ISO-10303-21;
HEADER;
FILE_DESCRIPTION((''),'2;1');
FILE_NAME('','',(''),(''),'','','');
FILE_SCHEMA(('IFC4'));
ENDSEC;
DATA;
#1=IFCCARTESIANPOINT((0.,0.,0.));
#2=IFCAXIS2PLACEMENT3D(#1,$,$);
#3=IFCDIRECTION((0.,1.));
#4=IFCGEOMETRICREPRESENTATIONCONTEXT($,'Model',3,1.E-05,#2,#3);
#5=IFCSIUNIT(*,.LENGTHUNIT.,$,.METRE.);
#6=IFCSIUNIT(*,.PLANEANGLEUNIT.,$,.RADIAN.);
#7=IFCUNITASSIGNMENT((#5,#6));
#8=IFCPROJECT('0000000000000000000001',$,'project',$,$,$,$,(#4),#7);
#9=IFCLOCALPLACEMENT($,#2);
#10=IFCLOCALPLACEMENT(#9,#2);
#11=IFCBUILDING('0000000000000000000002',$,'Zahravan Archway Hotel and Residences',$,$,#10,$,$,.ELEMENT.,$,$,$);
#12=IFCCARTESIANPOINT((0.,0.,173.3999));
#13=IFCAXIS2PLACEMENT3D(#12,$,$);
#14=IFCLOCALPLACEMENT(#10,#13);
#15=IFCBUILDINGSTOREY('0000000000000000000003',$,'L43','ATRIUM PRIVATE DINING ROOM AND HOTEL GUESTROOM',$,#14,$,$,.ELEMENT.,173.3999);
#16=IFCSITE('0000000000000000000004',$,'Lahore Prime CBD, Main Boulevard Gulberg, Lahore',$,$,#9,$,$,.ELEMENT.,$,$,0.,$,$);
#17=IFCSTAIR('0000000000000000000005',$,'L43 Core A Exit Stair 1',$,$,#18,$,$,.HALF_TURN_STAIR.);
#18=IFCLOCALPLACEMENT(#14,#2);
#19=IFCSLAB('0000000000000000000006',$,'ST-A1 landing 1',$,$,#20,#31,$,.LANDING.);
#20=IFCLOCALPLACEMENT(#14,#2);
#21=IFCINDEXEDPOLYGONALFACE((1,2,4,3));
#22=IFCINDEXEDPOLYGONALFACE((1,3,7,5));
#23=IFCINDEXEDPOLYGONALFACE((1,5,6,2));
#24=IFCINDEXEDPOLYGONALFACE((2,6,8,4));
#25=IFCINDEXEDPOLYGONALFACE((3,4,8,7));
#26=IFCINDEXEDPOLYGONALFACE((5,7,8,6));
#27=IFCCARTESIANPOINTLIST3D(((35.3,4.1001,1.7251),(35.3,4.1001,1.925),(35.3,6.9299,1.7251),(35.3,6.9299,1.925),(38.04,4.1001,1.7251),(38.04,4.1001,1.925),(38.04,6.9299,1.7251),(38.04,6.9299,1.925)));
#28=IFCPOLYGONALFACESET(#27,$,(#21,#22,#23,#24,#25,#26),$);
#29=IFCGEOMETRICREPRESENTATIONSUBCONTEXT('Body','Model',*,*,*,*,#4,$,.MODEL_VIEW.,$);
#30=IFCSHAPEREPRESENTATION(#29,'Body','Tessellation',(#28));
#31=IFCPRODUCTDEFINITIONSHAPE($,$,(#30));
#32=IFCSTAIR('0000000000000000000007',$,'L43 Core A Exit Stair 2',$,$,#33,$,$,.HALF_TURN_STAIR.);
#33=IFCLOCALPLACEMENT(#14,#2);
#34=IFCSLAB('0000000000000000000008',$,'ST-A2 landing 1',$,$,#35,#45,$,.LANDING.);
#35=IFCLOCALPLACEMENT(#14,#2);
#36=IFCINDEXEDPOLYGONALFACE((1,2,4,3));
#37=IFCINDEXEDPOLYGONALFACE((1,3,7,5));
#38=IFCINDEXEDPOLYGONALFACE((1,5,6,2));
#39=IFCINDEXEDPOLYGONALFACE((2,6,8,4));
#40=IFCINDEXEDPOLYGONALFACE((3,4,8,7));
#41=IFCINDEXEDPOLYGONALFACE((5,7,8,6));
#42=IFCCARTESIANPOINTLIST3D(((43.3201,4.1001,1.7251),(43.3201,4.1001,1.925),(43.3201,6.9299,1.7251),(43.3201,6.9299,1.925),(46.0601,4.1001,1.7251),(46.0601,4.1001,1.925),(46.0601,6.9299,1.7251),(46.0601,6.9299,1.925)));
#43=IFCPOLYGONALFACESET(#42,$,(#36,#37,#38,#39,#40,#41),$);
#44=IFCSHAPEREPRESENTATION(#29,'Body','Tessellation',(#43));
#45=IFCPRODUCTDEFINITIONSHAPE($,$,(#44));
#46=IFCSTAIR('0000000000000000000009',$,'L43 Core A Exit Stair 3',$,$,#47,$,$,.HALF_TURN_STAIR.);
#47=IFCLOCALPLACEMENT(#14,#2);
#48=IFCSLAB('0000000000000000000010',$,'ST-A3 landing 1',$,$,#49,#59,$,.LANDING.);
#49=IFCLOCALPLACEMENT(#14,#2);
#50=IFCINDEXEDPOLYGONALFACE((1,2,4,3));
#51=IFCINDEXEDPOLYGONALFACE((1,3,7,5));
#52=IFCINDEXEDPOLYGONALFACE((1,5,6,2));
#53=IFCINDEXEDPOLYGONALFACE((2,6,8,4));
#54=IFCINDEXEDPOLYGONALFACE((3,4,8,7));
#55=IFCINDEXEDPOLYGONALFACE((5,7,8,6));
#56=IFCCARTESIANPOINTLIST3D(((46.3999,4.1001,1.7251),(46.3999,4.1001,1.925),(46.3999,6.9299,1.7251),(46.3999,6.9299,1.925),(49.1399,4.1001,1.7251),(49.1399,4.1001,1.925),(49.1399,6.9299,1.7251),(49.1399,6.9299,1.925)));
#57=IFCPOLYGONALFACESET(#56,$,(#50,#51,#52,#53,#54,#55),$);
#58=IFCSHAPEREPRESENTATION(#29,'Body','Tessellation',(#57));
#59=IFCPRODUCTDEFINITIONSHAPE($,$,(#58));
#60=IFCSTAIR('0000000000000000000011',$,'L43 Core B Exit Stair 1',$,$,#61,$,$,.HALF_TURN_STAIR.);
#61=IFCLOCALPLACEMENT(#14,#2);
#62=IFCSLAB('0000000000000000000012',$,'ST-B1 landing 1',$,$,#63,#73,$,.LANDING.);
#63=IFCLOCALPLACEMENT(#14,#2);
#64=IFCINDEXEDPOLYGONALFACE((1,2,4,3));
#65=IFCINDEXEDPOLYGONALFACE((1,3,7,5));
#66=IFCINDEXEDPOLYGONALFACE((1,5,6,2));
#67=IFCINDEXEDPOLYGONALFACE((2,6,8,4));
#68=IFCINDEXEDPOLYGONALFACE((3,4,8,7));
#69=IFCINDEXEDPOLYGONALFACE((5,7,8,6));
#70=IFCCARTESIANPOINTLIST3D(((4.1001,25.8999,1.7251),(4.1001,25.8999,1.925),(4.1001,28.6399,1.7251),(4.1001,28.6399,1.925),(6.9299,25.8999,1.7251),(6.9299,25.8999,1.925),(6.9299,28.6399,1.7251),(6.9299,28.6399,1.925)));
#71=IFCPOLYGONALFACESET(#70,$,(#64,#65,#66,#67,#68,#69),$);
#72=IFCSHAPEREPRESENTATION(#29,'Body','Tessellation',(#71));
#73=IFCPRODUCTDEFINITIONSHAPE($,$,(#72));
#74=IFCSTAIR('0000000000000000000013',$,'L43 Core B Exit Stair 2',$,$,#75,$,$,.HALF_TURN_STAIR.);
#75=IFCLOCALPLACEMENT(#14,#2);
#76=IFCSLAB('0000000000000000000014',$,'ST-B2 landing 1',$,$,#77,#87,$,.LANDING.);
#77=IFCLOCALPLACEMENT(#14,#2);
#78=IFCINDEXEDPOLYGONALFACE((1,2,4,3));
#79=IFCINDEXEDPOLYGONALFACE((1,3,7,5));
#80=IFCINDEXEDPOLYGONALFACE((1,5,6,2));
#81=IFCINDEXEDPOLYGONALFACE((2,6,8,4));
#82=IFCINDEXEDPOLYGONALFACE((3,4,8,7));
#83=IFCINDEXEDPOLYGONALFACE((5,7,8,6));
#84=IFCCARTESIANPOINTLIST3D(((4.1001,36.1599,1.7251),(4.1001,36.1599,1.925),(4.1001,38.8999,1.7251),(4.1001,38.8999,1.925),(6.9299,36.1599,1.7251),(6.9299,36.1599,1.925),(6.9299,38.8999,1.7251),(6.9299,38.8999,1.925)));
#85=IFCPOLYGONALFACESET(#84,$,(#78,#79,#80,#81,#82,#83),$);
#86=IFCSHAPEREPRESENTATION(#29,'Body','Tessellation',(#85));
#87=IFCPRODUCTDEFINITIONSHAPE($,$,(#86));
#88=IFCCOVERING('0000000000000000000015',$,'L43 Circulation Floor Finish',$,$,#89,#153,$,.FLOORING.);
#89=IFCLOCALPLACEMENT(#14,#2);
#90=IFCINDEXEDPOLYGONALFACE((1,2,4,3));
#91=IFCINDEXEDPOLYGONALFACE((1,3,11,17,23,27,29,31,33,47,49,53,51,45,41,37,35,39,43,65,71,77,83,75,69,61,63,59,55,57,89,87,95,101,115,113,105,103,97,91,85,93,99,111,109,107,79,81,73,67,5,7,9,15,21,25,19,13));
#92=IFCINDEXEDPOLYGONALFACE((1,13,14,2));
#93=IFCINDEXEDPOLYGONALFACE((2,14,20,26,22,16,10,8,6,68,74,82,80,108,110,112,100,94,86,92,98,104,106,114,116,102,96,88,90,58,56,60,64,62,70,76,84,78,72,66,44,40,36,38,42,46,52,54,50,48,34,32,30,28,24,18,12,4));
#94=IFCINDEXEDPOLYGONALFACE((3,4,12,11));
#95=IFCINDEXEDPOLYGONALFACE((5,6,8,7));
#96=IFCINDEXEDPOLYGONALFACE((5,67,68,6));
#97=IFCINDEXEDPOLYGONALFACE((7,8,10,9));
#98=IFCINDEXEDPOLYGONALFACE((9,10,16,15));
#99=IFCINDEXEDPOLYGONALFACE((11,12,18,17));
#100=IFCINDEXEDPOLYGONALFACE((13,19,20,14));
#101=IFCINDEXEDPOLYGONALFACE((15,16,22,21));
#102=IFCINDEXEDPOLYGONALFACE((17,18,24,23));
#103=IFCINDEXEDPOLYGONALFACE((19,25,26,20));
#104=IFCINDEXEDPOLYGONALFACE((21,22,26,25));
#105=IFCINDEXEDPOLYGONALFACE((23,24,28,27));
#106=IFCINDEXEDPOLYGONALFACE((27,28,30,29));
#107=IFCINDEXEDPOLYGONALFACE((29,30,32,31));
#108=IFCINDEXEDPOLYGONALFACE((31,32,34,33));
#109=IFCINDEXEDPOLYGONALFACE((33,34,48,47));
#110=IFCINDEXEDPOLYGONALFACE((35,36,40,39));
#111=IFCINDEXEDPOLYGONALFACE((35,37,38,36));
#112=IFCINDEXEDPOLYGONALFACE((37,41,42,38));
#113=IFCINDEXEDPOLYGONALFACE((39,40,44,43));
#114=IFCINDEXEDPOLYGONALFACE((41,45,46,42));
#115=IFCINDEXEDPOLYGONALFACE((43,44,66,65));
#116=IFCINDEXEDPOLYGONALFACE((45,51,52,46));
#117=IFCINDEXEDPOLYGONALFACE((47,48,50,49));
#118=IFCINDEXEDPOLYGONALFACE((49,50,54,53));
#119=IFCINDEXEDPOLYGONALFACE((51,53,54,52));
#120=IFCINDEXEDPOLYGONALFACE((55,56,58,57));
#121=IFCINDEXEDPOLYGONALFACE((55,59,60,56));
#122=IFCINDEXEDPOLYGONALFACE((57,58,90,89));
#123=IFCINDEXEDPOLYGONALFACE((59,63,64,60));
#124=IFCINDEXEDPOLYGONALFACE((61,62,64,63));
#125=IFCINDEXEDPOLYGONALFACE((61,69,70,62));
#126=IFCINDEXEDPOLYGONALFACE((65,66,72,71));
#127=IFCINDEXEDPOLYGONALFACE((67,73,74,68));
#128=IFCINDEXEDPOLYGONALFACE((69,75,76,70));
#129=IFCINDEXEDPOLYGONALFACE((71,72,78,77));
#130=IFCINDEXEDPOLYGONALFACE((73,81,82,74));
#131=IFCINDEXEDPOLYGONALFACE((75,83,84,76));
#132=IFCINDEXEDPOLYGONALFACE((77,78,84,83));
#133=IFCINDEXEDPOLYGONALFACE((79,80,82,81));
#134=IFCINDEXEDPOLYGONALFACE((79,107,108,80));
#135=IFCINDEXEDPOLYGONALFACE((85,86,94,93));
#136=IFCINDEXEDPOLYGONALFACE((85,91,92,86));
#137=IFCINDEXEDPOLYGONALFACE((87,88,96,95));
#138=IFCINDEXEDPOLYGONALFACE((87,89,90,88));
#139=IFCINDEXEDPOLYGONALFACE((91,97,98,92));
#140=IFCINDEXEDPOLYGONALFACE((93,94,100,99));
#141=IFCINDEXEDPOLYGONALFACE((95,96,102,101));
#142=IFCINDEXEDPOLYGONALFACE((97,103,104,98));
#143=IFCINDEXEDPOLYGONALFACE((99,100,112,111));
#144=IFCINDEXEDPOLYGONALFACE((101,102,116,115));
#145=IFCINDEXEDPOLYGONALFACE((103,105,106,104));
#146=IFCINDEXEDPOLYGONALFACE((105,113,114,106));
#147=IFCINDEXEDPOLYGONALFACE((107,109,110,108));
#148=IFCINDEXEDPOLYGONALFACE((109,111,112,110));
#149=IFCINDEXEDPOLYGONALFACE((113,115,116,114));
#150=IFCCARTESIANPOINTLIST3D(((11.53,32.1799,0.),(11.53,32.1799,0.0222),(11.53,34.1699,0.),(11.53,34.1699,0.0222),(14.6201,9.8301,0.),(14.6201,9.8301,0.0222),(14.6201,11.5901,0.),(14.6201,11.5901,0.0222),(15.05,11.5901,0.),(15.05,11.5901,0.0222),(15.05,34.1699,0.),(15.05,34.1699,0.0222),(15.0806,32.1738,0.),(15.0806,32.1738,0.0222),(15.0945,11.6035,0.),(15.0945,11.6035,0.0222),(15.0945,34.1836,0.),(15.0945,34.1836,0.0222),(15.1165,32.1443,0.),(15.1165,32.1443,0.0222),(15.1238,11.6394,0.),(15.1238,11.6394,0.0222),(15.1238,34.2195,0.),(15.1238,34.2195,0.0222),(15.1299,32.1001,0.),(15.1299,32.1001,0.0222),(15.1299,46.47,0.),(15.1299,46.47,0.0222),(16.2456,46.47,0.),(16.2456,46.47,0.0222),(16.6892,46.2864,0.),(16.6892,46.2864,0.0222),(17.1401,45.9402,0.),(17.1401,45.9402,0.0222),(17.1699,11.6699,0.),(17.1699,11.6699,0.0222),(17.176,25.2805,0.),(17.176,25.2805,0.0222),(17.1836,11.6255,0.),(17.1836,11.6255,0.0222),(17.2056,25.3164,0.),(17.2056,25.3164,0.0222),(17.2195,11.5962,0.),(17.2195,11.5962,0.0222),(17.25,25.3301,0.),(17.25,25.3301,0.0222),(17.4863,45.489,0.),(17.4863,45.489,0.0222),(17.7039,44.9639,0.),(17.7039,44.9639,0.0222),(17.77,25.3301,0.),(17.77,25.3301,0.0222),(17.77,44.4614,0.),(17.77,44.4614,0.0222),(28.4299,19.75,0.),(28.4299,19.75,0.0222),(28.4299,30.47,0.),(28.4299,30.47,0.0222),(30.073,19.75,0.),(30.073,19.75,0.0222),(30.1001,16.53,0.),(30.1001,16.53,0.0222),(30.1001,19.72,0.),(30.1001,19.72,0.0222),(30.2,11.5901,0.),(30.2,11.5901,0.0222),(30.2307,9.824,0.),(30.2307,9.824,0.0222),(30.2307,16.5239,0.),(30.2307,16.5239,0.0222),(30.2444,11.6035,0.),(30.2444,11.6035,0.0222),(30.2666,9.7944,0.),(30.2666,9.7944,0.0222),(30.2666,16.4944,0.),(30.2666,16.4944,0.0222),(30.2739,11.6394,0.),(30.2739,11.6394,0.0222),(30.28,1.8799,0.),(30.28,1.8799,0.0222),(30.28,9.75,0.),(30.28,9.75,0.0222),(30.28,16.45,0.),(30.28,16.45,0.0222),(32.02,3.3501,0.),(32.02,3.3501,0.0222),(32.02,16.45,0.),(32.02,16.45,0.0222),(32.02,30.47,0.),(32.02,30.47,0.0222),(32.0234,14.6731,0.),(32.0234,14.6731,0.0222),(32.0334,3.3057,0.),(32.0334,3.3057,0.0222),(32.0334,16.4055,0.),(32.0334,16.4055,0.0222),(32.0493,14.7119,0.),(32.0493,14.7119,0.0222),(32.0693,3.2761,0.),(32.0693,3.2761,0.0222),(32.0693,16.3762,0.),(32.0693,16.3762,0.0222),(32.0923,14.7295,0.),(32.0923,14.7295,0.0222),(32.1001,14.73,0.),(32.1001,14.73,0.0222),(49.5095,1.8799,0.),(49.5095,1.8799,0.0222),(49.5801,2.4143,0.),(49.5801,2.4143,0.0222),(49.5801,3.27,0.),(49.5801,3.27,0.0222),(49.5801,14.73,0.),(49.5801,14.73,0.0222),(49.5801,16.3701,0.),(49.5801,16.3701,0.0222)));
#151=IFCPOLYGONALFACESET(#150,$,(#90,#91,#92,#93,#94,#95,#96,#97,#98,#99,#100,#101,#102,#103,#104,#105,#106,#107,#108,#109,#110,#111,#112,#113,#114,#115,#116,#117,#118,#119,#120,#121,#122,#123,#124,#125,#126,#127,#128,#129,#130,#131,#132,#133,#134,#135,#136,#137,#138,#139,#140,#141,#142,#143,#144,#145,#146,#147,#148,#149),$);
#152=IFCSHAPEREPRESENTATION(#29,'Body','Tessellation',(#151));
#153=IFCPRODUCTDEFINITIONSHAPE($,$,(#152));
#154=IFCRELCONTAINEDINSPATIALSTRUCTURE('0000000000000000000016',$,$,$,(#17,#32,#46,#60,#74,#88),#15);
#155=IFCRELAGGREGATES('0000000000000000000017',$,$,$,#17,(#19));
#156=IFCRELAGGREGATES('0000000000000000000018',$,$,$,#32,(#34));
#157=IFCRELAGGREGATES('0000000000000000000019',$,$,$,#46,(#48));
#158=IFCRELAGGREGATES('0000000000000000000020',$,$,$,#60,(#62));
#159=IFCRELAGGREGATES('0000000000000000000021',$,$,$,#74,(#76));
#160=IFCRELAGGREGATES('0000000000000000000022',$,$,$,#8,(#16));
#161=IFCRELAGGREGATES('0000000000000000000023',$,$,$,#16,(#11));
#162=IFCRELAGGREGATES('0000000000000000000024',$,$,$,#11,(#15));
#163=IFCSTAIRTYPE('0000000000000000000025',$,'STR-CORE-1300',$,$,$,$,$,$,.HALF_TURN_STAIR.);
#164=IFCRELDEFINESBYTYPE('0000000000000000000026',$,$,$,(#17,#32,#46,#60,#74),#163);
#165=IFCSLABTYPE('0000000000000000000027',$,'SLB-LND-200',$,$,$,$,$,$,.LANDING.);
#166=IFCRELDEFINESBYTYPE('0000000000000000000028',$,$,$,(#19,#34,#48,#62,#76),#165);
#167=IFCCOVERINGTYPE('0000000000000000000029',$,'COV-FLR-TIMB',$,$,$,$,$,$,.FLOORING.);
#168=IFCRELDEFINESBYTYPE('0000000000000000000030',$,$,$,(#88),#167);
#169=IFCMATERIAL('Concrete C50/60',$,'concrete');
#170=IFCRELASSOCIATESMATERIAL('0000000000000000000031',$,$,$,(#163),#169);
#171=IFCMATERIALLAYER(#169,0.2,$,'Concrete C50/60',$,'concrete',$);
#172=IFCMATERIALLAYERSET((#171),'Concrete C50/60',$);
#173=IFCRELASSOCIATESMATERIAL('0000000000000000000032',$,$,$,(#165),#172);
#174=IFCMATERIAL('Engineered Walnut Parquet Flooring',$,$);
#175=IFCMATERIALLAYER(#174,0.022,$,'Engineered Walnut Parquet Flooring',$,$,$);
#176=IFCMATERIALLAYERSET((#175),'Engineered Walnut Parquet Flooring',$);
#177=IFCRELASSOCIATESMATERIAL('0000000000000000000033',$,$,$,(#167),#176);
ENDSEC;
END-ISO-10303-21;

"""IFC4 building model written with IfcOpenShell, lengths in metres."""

from ifc_helpers import new_model, si_unit, direction, frame, origin, place, context, subcontext, project, spatial, polyline, outline, extrude, material, layer, layer_set, type_object, element, aggregate, save


model = new_model("IFC4")

# Units and contexts
model_context = context("Model", 3, precision=1e-05, world=origin(), true_north=direction((0.0, 1.0)))
body_context = subcontext(model_context, "Body", "Model", "MODEL_VIEW")
ifc_project = project(units=[si_unit("LENGTHUNIT", "METRE"), si_unit("PLANEANGLEUNIT", "RADIAN")], contexts=[model_context])

# Site, building, storey
site_placement = place(None, origin())
site = spatial("IfcSite", under=ifc_project, at=site_placement, Name="Lahore Prime CBD, Main Boulevard Gulberg, Lahore", CompositionType="ELEMENT", RefElevation=0.0)
building_placement = place(site_placement, origin())
building = spatial("IfcBuilding", under=site, at=building_placement, Name="Zahravan Archway Hotel and Residences", CompositionType="ELEMENT")
storey_placement = place(building_placement, frame((0.0, 0.0, 173.3999)))
storey = spatial("IfcBuildingStorey", under=building, at=storey_placement, Name="L43", Description="ATRIUM PRIVATE DINING ROOM AND HOTEL GUESTROOM", CompositionType="ELEMENT", Elevation=173.3999)

# Stairs, slabs
ifc_material_1 = material(Name="Concrete C50/60", Category="concrete")
stair_type = type_object("IfcStairType", Name="STR-CORE-1300", PredefinedType="HALF_TURN_STAIR", material=ifc_material_1)
stair_1_placement = place(storey_placement, origin())
stair_1 = element("IfcStair", 1, at=stair_1_placement, inside=storey, type_object=stair_type, Name="L43 Core A Exit Stair 1", PredefinedType="HALF_TURN_STAIR")
ifc_layer_1 = layer(ifc_material_1, 0.2, Name="Concrete C50/60", Category="concrete")
ifc_layer_set_1 = layer_set([ifc_layer_1], Name="Concrete C50/60")
slab_type_1 = type_object("IfcSlabType", Name="SLB-LND-200", PredefinedType="LANDING", material=ifc_layer_set_1)
slab_1_placement = place(storey_placement, frame((0.0, 0.0, 1.7251)))
slab_1 = element("IfcSlab", 2, at=slab_1_placement, type_object=slab_type_1, Name="ST-A1 landing 1", PredefinedType="LANDING", context=body_context, shape_type="SweptSolid", body=[
    extrude(outline(polyline([(35.3, 6.9299), (35.3, 4.1001), (38.04, 4.1001), (38.04, 6.9299), (35.3, 6.9299)])), origin(), (0.0, 0.0, 1.0), 0.2),
])
aggregate(stair_1, [slab_1])
stair_2_placement = place(storey_placement, origin())
stair_2 = element("IfcStair", 3, at=stair_2_placement, inside=storey, type_object=stair_type, Name="L43 Core A Exit Stair 2", PredefinedType="HALF_TURN_STAIR")
slab_2_placement = place(storey_placement, frame((0.0, 0.0, 1.7251)))
slab_2 = element("IfcSlab", 4, at=slab_2_placement, type_object=slab_type_1, Name="ST-A2 landing 1", PredefinedType="LANDING", context=body_context, shape_type="SweptSolid", body=[
    extrude(outline(polyline([(43.3201, 6.9299), (43.3201, 4.1001), (46.0601, 4.1001), (46.0601, 6.9299), (43.3201, 6.9299)])), origin(), (0.0, 0.0, 1.0), 0.2),
])
aggregate(stair_2, [slab_2])
stair_3_placement = place(storey_placement, origin())
stair_3 = element("IfcStair", 5, at=stair_3_placement, inside=storey, type_object=stair_type, Name="L43 Core A Exit Stair 3", PredefinedType="HALF_TURN_STAIR")
slab_3_placement = place(storey_placement, frame((0.0, 0.0, 1.7251)))
slab_3 = element("IfcSlab", 6, at=slab_3_placement, type_object=slab_type_1, Name="ST-A3 landing 1", PredefinedType="LANDING", context=body_context, shape_type="SweptSolid", body=[
    extrude(outline(polyline([(46.3999, 6.9299), (46.3999, 4.1001), (49.1399, 4.1001), (49.1399, 6.9299), (46.3999, 6.9299)])), origin(), (0.0, 0.0, 1.0), 0.2),
])
aggregate(stair_3, [slab_3])
stair_4_placement = place(storey_placement, origin())
stair_4 = element("IfcStair", 7, at=stair_4_placement, inside=storey, type_object=stair_type, Name="L43 Core B Exit Stair 1", PredefinedType="HALF_TURN_STAIR")
slab_4_placement = place(storey_placement, frame((0.0, 0.0, 1.7251)))
slab_4 = element("IfcSlab", 8, at=slab_4_placement, type_object=slab_type_1, Name="ST-B1 landing 1", PredefinedType="LANDING", context=body_context, shape_type="SweptSolid", body=[
    extrude(outline(polyline([(6.9299, 28.6399), (4.1001, 28.6399), (4.1001, 25.8999), (6.9299, 25.8999), (6.9299, 28.6399)])), origin(), (0.0, 0.0, 1.0), 0.2),
])
aggregate(stair_4, [slab_4])
stair_5_placement = place(storey_placement, origin())
stair_5 = element("IfcStair", 9, at=stair_5_placement, inside=storey, type_object=stair_type, Name="L43 Core B Exit Stair 2", PredefinedType="HALF_TURN_STAIR")
slab_5_placement = place(storey_placement, frame((0.0, 0.0, 1.7251)))
slab_5 = element("IfcSlab", 10, at=slab_5_placement, type_object=slab_type_1, Name="ST-B2 landing 1", PredefinedType="LANDING", context=body_context, shape_type="SweptSolid", body=[
    extrude(outline(polyline([(6.9299, 38.8999), (4.1001, 38.8999), (4.1001, 36.1599), (6.9299, 36.1599), (6.9299, 38.8999)])), origin(), (0.0, 0.0, 1.0), 0.2),
])
aggregate(stair_5, [slab_5])

# Covering
ifc_material_2 = material(Name="Engineered Walnut Parquet Flooring")
ifc_layer_2 = layer(ifc_material_2, 0.022, Name="Engineered Walnut Parquet Flooring")
ifc_layer_set_2 = layer_set([ifc_layer_2], Name="Engineered Walnut Parquet Flooring")
covering_type = type_object("IfcCoveringType", Name="COV-FLR-TIMB", PredefinedType="FLOORING", material=ifc_layer_set_2)
covering_placement = place(storey_placement, origin())
element("IfcCovering", 11, at=covering_placement, inside=storey, type_object=covering_type, Name="L43 Circulation Floor Finish", PredefinedType="FLOORING", context=body_context, shape_type="SweptSolid", body=[
    extrude(outline(polyline([(32.0923, 14.7295), (32.0493, 14.7119), (32.0234, 14.6731), (32.02, 3.3501), (32.0334, 3.3057), (32.0693, 3.2761), (49.5801, 3.27), (49.5801, 2.4143), (49.5095, 1.8799), (30.28, 1.8799), (30.28, 9.75), (30.2666, 9.7944), (30.2307, 9.824), (14.6201, 9.8301), (14.6201, 11.5901), (15.05, 11.5901), (15.0945, 11.6035), (15.1238, 11.6394), (15.1299, 32.1001), (15.1165, 32.1443), (15.0806, 32.1738), (11.53, 32.1799), (11.53, 34.1699), (15.05, 34.1699), (15.0945, 34.1836), (15.1238, 34.2195), (15.1299, 46.47), (16.2456, 46.47), (16.6892, 46.2864), (17.1401, 45.9402), (17.4863, 45.489), (17.7039, 44.9639), (17.77, 44.4614), (17.77, 25.3301), (17.25, 25.3301), (17.2056, 25.3164), (17.176, 25.2805), (17.1699, 11.6699), (17.1836, 11.6255), (17.2195, 11.5962), (30.2, 11.5901), (30.2444, 11.6035), (30.2739, 11.6394), (30.28, 16.45), (30.2666, 16.4944), (30.2307, 16.5239), (30.1001, 16.53), (30.1001, 19.72), (30.073, 19.75), (28.4299, 19.75), (28.4299, 30.47), (32.02, 30.47), (32.02, 16.45), (32.0334, 16.4055), (32.0693, 16.3762), (49.5801, 16.3701), (49.5801, 14.73), (32.1001, 14.73), (32.0923, 14.7295)])), origin(), (0.0, 0.0, 1.0), 0.0222),
])

save(model, "model.ifc")
